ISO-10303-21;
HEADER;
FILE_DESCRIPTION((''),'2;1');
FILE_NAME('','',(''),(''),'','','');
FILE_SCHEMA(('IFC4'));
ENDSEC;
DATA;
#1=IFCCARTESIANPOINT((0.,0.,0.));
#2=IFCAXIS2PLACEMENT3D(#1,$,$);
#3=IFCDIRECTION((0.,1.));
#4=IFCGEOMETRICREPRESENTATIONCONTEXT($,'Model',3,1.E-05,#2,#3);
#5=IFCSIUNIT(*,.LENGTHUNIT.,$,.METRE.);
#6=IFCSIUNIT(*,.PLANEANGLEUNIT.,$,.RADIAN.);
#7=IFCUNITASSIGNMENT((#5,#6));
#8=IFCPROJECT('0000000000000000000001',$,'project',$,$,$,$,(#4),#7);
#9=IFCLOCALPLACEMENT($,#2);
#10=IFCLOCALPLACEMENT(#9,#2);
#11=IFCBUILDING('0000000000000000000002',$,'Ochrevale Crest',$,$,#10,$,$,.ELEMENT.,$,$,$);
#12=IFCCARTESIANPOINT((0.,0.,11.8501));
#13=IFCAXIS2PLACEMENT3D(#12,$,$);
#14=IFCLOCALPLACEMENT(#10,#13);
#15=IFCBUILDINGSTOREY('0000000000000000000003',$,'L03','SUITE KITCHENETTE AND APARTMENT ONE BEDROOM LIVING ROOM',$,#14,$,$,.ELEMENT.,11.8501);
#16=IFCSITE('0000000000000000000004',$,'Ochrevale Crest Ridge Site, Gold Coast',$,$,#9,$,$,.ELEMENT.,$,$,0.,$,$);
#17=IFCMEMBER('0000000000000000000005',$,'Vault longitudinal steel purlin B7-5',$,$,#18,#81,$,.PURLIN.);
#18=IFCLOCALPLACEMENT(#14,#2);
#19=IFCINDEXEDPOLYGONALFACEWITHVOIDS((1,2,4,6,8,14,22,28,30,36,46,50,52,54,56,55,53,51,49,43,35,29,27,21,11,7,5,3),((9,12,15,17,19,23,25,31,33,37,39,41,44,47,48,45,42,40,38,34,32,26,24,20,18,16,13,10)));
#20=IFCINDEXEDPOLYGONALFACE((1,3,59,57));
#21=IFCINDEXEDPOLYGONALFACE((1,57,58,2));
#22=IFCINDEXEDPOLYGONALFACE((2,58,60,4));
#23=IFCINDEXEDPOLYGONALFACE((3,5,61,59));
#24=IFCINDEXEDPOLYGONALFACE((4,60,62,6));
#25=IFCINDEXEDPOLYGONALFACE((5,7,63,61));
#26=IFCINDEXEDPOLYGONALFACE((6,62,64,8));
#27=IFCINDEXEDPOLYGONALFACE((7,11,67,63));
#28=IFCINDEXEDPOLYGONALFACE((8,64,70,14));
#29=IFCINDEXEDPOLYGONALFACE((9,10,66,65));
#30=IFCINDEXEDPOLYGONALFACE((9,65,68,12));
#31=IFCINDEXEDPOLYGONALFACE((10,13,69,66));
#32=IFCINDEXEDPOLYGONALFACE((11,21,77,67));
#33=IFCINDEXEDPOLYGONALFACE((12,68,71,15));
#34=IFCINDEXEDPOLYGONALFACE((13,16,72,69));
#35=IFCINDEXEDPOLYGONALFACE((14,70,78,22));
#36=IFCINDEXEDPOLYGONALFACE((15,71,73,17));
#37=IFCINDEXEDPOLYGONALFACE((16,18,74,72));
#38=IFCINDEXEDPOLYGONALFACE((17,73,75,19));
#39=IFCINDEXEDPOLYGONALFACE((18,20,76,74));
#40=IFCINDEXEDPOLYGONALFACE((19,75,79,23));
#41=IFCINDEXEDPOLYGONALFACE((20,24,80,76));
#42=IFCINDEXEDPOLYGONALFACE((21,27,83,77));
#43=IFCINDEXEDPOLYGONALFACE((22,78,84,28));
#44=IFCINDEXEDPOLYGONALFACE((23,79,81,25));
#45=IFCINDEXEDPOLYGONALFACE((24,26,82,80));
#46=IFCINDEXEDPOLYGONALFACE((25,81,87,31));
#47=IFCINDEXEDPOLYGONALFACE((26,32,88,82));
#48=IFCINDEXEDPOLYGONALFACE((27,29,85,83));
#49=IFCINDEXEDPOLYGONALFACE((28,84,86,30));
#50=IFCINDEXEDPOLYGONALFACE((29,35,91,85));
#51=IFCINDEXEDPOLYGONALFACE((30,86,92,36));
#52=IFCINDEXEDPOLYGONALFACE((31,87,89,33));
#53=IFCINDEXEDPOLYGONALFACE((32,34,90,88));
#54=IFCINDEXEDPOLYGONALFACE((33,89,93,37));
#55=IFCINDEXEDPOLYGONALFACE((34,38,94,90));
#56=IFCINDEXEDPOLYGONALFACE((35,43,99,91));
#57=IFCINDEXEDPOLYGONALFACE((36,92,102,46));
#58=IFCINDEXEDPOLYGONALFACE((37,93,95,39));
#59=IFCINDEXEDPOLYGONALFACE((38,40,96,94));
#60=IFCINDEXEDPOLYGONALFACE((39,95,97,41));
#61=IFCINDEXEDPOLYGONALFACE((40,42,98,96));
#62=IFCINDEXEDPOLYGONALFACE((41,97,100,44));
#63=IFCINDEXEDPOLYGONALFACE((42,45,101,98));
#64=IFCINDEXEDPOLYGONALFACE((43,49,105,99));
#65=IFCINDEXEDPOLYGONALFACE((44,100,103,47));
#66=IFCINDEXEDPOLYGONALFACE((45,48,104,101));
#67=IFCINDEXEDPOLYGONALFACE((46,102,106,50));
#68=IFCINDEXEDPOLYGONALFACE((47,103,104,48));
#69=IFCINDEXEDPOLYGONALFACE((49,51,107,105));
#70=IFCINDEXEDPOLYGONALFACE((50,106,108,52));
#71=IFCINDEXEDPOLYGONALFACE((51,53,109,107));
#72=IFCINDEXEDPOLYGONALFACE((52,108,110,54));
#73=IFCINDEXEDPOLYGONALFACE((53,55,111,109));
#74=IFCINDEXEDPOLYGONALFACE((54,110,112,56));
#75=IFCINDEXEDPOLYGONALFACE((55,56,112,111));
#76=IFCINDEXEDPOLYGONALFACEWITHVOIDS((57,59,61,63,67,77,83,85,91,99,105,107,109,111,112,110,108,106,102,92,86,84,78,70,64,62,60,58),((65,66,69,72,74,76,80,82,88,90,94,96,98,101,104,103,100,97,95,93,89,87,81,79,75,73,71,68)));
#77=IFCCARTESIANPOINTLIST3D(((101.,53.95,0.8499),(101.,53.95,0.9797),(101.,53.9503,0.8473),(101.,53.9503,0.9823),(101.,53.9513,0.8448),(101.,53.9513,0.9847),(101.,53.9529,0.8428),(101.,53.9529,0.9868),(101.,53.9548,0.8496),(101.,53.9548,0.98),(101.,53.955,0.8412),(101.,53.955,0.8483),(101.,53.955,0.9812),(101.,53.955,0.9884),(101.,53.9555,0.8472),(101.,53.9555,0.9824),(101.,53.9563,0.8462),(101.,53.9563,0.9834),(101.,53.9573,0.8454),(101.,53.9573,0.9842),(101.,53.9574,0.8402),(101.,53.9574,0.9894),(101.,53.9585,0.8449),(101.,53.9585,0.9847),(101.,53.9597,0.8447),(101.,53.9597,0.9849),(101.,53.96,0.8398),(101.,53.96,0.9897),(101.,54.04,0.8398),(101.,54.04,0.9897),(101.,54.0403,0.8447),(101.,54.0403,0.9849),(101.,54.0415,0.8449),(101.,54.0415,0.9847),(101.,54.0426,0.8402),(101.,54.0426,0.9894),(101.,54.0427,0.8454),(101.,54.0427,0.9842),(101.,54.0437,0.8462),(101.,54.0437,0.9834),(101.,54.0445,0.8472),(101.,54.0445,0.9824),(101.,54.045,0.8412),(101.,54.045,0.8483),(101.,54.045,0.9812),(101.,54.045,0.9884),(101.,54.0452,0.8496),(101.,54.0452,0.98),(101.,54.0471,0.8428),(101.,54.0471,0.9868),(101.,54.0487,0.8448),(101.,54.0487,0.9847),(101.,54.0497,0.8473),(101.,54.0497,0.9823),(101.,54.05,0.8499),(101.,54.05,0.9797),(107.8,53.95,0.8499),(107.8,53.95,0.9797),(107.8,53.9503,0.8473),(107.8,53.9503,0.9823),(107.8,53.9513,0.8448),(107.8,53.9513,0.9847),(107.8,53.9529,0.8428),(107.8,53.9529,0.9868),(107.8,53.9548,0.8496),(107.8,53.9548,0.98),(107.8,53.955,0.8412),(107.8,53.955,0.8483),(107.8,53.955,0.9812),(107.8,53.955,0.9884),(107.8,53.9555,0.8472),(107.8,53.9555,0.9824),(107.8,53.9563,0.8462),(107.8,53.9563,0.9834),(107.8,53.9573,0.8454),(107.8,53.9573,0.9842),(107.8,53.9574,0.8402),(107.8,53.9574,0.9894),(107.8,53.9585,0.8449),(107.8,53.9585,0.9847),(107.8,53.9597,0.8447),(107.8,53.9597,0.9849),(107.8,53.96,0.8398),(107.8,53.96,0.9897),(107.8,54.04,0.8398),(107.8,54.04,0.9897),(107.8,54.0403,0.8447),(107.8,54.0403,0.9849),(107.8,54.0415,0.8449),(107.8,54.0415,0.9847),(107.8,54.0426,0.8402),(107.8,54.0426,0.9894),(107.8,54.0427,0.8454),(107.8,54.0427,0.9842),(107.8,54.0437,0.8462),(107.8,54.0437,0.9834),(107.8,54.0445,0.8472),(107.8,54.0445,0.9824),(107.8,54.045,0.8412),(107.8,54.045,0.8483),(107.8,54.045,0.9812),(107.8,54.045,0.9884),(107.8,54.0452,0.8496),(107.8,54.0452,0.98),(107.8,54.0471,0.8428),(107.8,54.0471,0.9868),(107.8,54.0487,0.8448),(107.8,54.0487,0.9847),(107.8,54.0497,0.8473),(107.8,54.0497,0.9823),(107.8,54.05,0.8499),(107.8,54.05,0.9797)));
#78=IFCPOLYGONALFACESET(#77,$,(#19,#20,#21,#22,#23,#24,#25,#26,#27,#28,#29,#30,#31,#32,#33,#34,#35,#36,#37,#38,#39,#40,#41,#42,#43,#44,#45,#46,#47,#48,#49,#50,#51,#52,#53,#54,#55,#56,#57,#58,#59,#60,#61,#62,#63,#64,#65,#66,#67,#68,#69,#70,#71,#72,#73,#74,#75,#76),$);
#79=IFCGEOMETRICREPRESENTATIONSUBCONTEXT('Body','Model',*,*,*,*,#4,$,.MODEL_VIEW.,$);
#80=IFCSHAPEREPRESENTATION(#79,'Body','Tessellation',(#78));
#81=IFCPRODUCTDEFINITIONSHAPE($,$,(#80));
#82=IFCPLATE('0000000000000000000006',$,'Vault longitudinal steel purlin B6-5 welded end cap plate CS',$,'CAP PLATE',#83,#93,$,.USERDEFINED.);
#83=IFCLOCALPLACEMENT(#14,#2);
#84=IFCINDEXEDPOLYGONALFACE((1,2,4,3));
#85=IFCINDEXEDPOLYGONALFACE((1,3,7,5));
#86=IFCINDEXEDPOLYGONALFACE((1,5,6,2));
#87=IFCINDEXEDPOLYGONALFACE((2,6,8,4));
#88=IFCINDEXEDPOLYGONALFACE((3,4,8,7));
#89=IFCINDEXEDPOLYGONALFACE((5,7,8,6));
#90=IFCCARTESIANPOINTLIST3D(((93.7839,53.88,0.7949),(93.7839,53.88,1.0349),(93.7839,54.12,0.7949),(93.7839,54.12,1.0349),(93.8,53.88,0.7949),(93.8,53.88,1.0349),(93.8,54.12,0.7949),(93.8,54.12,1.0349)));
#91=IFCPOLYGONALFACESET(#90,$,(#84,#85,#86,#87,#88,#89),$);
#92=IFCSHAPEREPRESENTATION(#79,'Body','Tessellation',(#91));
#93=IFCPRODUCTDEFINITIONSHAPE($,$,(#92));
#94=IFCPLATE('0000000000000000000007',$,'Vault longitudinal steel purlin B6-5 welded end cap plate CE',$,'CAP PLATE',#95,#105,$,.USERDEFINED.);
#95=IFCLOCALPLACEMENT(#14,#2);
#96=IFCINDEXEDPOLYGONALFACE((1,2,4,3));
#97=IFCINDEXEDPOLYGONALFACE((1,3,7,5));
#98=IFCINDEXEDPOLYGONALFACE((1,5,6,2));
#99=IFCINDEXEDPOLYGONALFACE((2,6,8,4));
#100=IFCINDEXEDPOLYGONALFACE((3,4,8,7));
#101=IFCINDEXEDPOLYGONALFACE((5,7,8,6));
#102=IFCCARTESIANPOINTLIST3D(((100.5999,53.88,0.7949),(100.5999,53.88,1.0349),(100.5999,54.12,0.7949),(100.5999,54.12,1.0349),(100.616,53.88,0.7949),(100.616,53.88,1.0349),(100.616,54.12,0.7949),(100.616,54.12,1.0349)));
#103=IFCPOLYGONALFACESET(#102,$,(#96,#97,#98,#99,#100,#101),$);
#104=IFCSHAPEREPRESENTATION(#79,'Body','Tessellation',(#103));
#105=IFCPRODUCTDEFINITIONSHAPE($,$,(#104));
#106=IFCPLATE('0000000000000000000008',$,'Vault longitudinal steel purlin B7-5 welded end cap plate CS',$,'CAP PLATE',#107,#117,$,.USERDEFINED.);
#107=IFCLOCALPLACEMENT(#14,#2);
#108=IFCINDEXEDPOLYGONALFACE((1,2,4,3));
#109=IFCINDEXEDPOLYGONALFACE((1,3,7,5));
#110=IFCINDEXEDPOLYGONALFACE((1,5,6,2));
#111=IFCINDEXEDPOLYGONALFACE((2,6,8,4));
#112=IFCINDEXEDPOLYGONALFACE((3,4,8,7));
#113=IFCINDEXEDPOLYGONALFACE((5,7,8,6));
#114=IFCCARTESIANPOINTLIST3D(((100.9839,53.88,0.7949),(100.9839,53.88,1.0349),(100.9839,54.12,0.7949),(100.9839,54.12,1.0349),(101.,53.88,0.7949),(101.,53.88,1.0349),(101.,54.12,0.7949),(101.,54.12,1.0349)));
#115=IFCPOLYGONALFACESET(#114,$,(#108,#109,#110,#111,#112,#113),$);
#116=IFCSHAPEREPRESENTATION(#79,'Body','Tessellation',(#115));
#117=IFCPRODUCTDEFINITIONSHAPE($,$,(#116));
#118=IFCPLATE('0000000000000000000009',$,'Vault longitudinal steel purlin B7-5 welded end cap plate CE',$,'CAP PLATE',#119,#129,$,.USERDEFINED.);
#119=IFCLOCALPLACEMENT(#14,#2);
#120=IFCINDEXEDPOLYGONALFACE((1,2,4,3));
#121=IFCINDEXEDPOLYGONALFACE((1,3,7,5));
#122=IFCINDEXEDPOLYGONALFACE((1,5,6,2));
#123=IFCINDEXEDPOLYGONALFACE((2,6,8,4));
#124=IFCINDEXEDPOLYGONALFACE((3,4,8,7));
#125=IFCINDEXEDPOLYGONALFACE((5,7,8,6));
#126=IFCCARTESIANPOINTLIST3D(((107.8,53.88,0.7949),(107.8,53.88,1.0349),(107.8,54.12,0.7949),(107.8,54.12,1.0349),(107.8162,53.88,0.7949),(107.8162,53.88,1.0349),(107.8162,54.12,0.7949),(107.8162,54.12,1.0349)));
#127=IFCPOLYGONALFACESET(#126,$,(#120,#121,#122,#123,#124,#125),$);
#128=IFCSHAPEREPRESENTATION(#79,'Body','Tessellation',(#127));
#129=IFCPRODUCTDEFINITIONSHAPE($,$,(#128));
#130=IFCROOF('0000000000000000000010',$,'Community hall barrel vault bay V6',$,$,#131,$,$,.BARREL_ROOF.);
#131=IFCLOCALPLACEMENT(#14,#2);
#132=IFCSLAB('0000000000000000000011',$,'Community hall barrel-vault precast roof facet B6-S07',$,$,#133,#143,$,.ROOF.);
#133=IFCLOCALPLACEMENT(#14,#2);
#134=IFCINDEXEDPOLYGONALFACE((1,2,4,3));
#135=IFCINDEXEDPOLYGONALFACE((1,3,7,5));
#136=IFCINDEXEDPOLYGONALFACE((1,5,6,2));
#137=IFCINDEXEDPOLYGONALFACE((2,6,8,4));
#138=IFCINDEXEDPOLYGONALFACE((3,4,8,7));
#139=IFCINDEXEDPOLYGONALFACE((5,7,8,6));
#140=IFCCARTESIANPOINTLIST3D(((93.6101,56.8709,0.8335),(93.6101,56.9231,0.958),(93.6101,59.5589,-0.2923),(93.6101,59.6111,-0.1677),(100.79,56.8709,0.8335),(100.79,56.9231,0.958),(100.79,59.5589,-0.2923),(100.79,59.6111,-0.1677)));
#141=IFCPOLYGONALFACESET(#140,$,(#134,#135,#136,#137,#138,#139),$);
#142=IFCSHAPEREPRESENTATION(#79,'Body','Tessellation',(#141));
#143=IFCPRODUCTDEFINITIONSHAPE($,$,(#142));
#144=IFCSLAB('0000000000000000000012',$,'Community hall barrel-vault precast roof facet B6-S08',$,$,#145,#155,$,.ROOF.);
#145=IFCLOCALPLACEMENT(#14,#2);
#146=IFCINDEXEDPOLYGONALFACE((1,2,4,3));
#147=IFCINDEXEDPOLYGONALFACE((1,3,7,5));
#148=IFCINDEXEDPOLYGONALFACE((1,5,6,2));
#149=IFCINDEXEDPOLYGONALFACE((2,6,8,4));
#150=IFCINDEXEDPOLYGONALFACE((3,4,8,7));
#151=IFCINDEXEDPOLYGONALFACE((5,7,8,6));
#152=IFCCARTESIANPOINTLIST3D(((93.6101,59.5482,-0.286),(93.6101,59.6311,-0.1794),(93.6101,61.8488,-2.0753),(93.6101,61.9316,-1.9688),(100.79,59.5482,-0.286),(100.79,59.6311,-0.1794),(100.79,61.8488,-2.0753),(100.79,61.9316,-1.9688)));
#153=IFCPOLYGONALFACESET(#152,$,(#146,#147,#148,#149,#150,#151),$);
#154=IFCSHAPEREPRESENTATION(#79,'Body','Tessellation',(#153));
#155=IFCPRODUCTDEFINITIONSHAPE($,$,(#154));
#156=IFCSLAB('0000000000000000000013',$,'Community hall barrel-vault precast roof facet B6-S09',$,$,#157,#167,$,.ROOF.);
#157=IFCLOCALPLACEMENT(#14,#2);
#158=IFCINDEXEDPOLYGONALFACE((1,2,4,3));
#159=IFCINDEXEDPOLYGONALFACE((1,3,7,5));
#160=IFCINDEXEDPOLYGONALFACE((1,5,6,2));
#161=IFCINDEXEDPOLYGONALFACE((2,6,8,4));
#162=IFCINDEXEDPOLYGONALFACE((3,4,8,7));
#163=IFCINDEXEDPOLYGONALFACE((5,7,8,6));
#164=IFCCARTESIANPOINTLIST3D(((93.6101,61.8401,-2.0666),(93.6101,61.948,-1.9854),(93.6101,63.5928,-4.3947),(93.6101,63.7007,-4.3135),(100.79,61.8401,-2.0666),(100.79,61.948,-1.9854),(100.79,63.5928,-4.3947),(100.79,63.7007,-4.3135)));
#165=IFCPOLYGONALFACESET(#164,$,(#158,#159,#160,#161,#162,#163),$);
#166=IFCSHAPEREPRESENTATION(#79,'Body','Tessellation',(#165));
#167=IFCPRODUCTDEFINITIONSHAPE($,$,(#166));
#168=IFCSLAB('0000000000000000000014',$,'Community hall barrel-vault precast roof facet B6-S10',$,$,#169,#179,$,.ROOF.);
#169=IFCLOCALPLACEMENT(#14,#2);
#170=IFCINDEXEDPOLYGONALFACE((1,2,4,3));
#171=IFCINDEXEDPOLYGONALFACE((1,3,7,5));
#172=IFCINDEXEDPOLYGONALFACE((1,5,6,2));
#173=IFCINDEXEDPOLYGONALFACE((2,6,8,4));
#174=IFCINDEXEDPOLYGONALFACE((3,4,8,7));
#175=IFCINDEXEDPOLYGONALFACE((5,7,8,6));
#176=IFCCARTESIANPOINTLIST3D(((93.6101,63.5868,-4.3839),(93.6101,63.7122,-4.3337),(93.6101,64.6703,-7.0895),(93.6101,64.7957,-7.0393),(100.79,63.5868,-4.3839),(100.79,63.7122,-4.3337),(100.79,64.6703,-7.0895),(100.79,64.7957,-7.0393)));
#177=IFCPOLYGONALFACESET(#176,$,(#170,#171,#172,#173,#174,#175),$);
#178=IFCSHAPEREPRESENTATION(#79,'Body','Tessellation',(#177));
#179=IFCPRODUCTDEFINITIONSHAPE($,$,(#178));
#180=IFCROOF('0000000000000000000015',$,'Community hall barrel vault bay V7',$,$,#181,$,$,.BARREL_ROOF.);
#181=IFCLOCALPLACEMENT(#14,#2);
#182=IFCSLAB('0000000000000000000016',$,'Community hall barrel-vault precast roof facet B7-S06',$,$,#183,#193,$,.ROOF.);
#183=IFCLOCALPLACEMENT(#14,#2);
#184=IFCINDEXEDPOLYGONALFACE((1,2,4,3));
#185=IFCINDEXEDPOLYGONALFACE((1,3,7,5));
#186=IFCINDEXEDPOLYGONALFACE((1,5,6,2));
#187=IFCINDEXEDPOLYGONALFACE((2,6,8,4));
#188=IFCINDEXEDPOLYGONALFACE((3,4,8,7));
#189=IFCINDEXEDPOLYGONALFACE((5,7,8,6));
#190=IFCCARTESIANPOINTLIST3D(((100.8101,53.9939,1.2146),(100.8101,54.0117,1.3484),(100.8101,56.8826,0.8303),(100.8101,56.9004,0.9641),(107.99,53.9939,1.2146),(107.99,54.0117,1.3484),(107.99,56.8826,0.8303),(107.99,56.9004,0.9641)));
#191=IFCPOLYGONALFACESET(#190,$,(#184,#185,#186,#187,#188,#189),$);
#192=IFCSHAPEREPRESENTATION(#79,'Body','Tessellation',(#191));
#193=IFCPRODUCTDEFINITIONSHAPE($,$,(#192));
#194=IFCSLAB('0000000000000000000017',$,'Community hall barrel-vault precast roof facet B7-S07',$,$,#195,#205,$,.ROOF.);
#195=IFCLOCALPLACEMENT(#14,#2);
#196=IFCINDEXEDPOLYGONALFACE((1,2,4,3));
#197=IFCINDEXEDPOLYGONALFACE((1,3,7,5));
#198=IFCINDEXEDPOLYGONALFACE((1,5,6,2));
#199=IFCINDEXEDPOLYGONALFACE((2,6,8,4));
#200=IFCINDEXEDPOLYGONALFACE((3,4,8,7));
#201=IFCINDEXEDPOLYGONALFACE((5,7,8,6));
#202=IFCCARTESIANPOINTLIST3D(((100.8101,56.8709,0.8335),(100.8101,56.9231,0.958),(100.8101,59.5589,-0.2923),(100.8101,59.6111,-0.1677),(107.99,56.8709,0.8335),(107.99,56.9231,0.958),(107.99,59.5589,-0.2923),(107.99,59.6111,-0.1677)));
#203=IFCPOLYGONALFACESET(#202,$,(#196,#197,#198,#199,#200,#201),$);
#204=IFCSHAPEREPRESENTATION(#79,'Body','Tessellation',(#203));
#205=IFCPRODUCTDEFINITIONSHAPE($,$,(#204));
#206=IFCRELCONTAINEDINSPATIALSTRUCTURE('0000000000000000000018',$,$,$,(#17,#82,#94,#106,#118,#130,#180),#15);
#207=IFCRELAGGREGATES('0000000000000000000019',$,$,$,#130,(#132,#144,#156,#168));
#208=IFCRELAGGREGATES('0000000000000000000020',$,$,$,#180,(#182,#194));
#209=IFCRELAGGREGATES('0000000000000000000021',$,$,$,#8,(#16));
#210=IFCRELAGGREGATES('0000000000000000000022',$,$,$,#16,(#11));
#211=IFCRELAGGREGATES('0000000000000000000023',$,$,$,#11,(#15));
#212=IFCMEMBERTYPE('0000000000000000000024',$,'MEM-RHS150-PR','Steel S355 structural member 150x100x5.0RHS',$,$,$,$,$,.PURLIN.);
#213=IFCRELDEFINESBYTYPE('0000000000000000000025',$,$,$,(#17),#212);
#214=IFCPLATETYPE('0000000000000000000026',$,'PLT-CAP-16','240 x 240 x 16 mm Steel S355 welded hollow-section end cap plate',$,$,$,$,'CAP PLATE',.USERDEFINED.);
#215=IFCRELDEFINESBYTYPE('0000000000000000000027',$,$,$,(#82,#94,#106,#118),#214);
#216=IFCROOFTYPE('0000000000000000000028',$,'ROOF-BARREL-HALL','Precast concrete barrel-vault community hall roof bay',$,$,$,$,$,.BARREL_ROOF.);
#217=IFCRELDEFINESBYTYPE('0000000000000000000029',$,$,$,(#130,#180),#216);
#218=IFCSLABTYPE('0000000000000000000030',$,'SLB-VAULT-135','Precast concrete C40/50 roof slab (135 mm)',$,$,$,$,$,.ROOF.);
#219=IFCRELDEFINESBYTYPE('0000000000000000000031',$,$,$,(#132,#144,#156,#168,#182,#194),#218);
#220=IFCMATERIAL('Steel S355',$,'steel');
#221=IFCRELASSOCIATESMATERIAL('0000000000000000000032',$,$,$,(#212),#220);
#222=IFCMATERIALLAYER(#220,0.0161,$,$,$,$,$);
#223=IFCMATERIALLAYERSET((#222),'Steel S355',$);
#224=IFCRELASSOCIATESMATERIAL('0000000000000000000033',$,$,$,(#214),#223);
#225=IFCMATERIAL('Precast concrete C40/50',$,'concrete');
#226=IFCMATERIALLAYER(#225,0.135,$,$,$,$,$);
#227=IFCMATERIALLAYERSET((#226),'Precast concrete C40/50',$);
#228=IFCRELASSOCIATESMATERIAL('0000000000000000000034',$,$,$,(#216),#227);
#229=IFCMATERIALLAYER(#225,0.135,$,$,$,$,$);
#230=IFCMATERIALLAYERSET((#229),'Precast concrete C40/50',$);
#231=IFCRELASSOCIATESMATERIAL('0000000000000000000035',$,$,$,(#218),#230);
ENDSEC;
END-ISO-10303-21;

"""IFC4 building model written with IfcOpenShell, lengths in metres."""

from ifc_helpers import new_model, si_unit, direction, frame, origin, origin_2d, place, context, subcontext, project, spatial, polyline, rectangle, hollow_rectangle, outline, extrude, material, layer, layer_set, material_profile, profile_set, type_object, element, aggregate, save


model = new_model("IFC4")

# Units and contexts
model_context = context("Model", 3, precision=1e-05, world=origin(), true_north=direction((0.0, 1.0)))
body_context = subcontext(model_context, "Body", "Model", "MODEL_VIEW")
ifc_project = project(units=[si_unit("LENGTHUNIT", "METRE"), si_unit("PLANEANGLEUNIT", "RADIAN")], contexts=[model_context])

# Site, building, storey
site_placement = place(None, origin())
site = spatial("IfcSite", under=ifc_project, at=site_placement, Name="Ochrevale Crest Ridge Site, Gold Coast", CompositionType="ELEMENT", RefElevation=0.0)
building_placement = place(site_placement, origin())
building = spatial("IfcBuilding", under=site, at=building_placement, Name="Ochrevale Crest", CompositionType="ELEMENT")
storey_placement = place(building_placement, frame((0.0, 0.0, 11.8501)))
storey = spatial("IfcBuildingStorey", under=building, at=storey_placement, Name="L03", Description="SUITE KITCHENETTE AND APARTMENT ONE BEDROOM LIVING ROOM", CompositionType="ELEMENT", Elevation=11.8501)

# Shared definitions
ifc_material_1 = material(Name="Precast concrete C40/50", Category="concrete")

# Member
ifc_material_2 = material(Name="Steel S355", Category="steel")
ifc_material_profile_1 = material_profile(ifc_material_2, hollow_rectangle(XDim=0.1001, YDim=0.1499, WallThickness=0.0049, InnerFilletRadius=0.0049, OuterFilletRadius=0.01, at=origin_2d()), Name="150x100x5.0RHS")
ifc_profile_set_1 = profile_set([ifc_material_profile_1], Name="Steel S355")
member_type_1 = type_object("IfcMemberType", Name="MEM-RHS150-PR", Description="Steel S355 structural member 150x100x5.0RHS", PredefinedType="PURLIN", material=ifc_profile_set_1)
for number, where, z_axis, x_axis, name in (
    (1, (101.0, 54.0, 0.9148), (1.0, 0.0, 0.0), (0.0, 1.0, 0.0), "Vault longitudinal steel purlin B7-5"),
):
    element("IfcMember", number, at=place(storey_placement, frame(where, z_axis=z_axis, x_axis=x_axis)), inside=storey, type_object=member_type_1, Name=name, PredefinedType="PURLIN", context=body_context, shape_type="SweptSolid", body=[
        extrude(hollow_rectangle(XDim=0.1001, YDim=0.1499, WallThickness=0.0049, InnerFilletRadius=0.0049, OuterFilletRadius=0.01, at=origin_2d()), origin(), (0.0, 0.0, 1.0), 6.8),
    ])

# Plates
ifc_layer_1 = layer(ifc_material_2, 0.0161)
ifc_layer_set_1 = layer_set([ifc_layer_1], Name="Steel S355")
plate_type = type_object("IfcPlateType", Name="PLT-CAP-16", Description="240 x 240 x 16 mm Steel S355 welded hollow-section end cap plate", ElementType="CAP PLATE", PredefinedType="USERDEFINED", material=ifc_layer_set_1)
for number, where, z_axis, x_axis, name in (
    (2, (93.792, 54.0, 0.7949), (0.0, 0.0, 1.0), (1.0, 0.0, 0.0), "Vault longitudinal steel purlin B6-5 welded end cap plate CS"),
    (3, (100.6079, 54.0, 0.7949), (0.0, 0.0, 1.0), (1.0, 0.0, 0.0), "Vault longitudinal steel purlin B6-5 welded end cap plate CE"),
    (4, (100.9919, 54.0, 0.7949), (0.0, 0.0, 1.0), (1.0, 0.0, 0.0), "Vault longitudinal steel purlin B7-5 welded end cap plate CS"),
    (5, (107.8081, 54.0, 0.7949), (0.0, 0.0, 1.0), (1.0, 0.0, 0.0), "Vault longitudinal steel purlin B7-5 welded end cap plate CE"),
):
    element("IfcPlate", number, at=place(storey_placement, frame(where, z_axis=z_axis, x_axis=x_axis)), inside=storey, type_object=plate_type, Name=name, ObjectType="CAP PLATE", PredefinedType="USERDEFINED", context=body_context, shape_type="SweptSolid", body=[
        extrude(rectangle(XDim=0.0161, YDim=0.24, at=origin_2d()), origin(), (0.0, 0.0, 1.0), 0.24),
    ])

# Roofs, slabs
ifc_layer_2 = layer(ifc_material_1, 0.135)
ifc_layer_set_2 = layer_set([ifc_layer_2], Name="Precast concrete C40/50")
roof_type = type_object("IfcRoofType", Name="ROOF-BARREL-HALL", Description="Precast concrete barrel-vault community hall roof bay", PredefinedType="BARREL_ROOF", material=ifc_layer_set_2)
roof_1_placement = place(storey_placement, origin())
roof_1 = element("IfcRoof", 6, at=roof_1_placement, inside=storey, type_object=roof_type, Name="Community hall barrel vault bay V6", PredefinedType="BARREL_ROOF")
ifc_layer_3 = layer(ifc_material_1, 0.135)
ifc_layer_set_3 = layer_set([ifc_layer_3], Name="Precast concrete C40/50")
slab_type = type_object("IfcSlabType", Name="SLB-VAULT-135", Description="Precast concrete C40/50 roof slab (135 mm)", PredefinedType="ROOF", material=ifc_layer_set_3)
slab_1_placement = place(storey_placement, frame((93.6101, 56.9231, 0.958), z_axis=(0.0, 0.386292, 0.922376), x_axis=(1.0, 0.0, 0.0)))
slab_1 = element("IfcSlab", 7, at=slab_1_placement, type_object=slab_type, Name="Community hall barrel-vault precast roof facet B6-S07", PredefinedType="ROOF", context=body_context, shape_type="SweptSolid", body=[
    extrude(outline(polyline([(0.0, 0.0), (7.1799, 0.0), (7.1799, 2.9142), (0.0, 2.9142), (0.0, 0.0)])), origin(), (0.0, 0.0, -1.0), 0.135),
])
slab_2_placement = place(storey_placement, frame((93.6101, 59.6311, -0.1794), z_axis=(0.0, 0.613941, 0.789352), x_axis=(1.0, 0.0, 0.0)))
slab_2 = element("IfcSlab", 8, at=slab_2_placement, type_object=slab_type, Name="Community hall barrel-vault precast roof facet B6-S08", PredefinedType="ROOF", context=body_context, shape_type="SweptSolid", body=[
    extrude(outline(polyline([(0.0, 0.0), (7.1799, 0.0), (7.1799, 2.9145), (0.0, 2.9145), (0.0, 0.0)])), origin(), (0.0, 0.0, -1.0), 0.135),
])
slab_3_placement = place(storey_placement, frame((93.6101, 61.948, -1.9854), z_axis=(0.0, 0.798913, 0.601447), x_axis=(1.0, 0.0, 0.0)))
slab_3 = element("IfcSlab", 9, at=slab_3_placement, type_object=slab_type, Name="Community hall barrel-vault precast roof facet B6-S09", PredefinedType="ROOF", context=body_context, shape_type="SweptSolid", body=[
    extrude(outline(polyline([(0.0, 0.0), (7.1799, 0.0), (7.1799, 2.9141), (0.0, 2.9141), (0.0, 0.0)])), origin(), (0.0, 0.0, -1.0), 0.135),
])
slab_4_placement = place(storey_placement, frame((93.6101, 63.7122, -4.3337), z_axis=(0.0, 0.928326, 0.371766), x_axis=(1.0, 0.0, 0.0)))
slab_4 = element("IfcSlab", 10, at=slab_4_placement, type_object=slab_type, Name="Community hall barrel-vault precast roof facet B6-S10", PredefinedType="ROOF", context=body_context, shape_type="SweptSolid", body=[
    extrude(outline(polyline([(0.0, 0.0), (7.1799, 0.0), (7.1799, 2.9145), (0.0, 2.9145), (0.0, 0.0)])), origin(), (0.0, 0.0, -1.0), 0.135),
])
aggregate(roof_1, [slab_1, slab_2, slab_3, slab_4])
roof_2_placement = place(storey_placement, origin())
roof_2 = element("IfcRoof", 11, at=roof_2_placement, inside=storey, type_object=roof_type, Name="Community hall barrel vault bay V7", PredefinedType="BARREL_ROOF")
slab_5_placement = place(storey_placement, frame((100.8101, 54.0117, 1.3484), z_axis=(0.0, 0.131867, 0.991267), x_axis=(1.0, 0.0, 0.0)))
slab_5 = element("IfcSlab", 12, at=slab_5_placement, type_object=slab_type, Name="Community hall barrel-vault precast roof facet B7-S06", PredefinedType="ROOF", context=body_context, shape_type="SweptSolid", body=[
    extrude(outline(polyline([(0.0, 0.0), (7.1799, 0.0), (7.1799, 2.9141), (0.0, 2.9141), (0.0, 0.0)])), origin(), (0.0, 0.0, -1.0), 0.135),
])
slab_6_placement = place(storey_placement, frame((100.8101, 56.9231, 0.958), z_axis=(0.0, 0.386292, 0.922376), x_axis=(1.0, 0.0, 0.0)))
slab_6 = element("IfcSlab", 13, at=slab_6_placement, type_object=slab_type, Name="Community hall barrel-vault precast roof facet B7-S07", PredefinedType="ROOF", context=body_context, shape_type="SweptSolid", body=[
    extrude(outline(polyline([(0.0, 0.0), (7.1799, 0.0), (7.1799, 2.9142), (0.0, 2.9142), (0.0, 0.0)])), origin(), (0.0, 0.0, -1.0), 0.135),
])
aggregate(roof_2, [slab_5, slab_6])

save(model, "model.ifc")
